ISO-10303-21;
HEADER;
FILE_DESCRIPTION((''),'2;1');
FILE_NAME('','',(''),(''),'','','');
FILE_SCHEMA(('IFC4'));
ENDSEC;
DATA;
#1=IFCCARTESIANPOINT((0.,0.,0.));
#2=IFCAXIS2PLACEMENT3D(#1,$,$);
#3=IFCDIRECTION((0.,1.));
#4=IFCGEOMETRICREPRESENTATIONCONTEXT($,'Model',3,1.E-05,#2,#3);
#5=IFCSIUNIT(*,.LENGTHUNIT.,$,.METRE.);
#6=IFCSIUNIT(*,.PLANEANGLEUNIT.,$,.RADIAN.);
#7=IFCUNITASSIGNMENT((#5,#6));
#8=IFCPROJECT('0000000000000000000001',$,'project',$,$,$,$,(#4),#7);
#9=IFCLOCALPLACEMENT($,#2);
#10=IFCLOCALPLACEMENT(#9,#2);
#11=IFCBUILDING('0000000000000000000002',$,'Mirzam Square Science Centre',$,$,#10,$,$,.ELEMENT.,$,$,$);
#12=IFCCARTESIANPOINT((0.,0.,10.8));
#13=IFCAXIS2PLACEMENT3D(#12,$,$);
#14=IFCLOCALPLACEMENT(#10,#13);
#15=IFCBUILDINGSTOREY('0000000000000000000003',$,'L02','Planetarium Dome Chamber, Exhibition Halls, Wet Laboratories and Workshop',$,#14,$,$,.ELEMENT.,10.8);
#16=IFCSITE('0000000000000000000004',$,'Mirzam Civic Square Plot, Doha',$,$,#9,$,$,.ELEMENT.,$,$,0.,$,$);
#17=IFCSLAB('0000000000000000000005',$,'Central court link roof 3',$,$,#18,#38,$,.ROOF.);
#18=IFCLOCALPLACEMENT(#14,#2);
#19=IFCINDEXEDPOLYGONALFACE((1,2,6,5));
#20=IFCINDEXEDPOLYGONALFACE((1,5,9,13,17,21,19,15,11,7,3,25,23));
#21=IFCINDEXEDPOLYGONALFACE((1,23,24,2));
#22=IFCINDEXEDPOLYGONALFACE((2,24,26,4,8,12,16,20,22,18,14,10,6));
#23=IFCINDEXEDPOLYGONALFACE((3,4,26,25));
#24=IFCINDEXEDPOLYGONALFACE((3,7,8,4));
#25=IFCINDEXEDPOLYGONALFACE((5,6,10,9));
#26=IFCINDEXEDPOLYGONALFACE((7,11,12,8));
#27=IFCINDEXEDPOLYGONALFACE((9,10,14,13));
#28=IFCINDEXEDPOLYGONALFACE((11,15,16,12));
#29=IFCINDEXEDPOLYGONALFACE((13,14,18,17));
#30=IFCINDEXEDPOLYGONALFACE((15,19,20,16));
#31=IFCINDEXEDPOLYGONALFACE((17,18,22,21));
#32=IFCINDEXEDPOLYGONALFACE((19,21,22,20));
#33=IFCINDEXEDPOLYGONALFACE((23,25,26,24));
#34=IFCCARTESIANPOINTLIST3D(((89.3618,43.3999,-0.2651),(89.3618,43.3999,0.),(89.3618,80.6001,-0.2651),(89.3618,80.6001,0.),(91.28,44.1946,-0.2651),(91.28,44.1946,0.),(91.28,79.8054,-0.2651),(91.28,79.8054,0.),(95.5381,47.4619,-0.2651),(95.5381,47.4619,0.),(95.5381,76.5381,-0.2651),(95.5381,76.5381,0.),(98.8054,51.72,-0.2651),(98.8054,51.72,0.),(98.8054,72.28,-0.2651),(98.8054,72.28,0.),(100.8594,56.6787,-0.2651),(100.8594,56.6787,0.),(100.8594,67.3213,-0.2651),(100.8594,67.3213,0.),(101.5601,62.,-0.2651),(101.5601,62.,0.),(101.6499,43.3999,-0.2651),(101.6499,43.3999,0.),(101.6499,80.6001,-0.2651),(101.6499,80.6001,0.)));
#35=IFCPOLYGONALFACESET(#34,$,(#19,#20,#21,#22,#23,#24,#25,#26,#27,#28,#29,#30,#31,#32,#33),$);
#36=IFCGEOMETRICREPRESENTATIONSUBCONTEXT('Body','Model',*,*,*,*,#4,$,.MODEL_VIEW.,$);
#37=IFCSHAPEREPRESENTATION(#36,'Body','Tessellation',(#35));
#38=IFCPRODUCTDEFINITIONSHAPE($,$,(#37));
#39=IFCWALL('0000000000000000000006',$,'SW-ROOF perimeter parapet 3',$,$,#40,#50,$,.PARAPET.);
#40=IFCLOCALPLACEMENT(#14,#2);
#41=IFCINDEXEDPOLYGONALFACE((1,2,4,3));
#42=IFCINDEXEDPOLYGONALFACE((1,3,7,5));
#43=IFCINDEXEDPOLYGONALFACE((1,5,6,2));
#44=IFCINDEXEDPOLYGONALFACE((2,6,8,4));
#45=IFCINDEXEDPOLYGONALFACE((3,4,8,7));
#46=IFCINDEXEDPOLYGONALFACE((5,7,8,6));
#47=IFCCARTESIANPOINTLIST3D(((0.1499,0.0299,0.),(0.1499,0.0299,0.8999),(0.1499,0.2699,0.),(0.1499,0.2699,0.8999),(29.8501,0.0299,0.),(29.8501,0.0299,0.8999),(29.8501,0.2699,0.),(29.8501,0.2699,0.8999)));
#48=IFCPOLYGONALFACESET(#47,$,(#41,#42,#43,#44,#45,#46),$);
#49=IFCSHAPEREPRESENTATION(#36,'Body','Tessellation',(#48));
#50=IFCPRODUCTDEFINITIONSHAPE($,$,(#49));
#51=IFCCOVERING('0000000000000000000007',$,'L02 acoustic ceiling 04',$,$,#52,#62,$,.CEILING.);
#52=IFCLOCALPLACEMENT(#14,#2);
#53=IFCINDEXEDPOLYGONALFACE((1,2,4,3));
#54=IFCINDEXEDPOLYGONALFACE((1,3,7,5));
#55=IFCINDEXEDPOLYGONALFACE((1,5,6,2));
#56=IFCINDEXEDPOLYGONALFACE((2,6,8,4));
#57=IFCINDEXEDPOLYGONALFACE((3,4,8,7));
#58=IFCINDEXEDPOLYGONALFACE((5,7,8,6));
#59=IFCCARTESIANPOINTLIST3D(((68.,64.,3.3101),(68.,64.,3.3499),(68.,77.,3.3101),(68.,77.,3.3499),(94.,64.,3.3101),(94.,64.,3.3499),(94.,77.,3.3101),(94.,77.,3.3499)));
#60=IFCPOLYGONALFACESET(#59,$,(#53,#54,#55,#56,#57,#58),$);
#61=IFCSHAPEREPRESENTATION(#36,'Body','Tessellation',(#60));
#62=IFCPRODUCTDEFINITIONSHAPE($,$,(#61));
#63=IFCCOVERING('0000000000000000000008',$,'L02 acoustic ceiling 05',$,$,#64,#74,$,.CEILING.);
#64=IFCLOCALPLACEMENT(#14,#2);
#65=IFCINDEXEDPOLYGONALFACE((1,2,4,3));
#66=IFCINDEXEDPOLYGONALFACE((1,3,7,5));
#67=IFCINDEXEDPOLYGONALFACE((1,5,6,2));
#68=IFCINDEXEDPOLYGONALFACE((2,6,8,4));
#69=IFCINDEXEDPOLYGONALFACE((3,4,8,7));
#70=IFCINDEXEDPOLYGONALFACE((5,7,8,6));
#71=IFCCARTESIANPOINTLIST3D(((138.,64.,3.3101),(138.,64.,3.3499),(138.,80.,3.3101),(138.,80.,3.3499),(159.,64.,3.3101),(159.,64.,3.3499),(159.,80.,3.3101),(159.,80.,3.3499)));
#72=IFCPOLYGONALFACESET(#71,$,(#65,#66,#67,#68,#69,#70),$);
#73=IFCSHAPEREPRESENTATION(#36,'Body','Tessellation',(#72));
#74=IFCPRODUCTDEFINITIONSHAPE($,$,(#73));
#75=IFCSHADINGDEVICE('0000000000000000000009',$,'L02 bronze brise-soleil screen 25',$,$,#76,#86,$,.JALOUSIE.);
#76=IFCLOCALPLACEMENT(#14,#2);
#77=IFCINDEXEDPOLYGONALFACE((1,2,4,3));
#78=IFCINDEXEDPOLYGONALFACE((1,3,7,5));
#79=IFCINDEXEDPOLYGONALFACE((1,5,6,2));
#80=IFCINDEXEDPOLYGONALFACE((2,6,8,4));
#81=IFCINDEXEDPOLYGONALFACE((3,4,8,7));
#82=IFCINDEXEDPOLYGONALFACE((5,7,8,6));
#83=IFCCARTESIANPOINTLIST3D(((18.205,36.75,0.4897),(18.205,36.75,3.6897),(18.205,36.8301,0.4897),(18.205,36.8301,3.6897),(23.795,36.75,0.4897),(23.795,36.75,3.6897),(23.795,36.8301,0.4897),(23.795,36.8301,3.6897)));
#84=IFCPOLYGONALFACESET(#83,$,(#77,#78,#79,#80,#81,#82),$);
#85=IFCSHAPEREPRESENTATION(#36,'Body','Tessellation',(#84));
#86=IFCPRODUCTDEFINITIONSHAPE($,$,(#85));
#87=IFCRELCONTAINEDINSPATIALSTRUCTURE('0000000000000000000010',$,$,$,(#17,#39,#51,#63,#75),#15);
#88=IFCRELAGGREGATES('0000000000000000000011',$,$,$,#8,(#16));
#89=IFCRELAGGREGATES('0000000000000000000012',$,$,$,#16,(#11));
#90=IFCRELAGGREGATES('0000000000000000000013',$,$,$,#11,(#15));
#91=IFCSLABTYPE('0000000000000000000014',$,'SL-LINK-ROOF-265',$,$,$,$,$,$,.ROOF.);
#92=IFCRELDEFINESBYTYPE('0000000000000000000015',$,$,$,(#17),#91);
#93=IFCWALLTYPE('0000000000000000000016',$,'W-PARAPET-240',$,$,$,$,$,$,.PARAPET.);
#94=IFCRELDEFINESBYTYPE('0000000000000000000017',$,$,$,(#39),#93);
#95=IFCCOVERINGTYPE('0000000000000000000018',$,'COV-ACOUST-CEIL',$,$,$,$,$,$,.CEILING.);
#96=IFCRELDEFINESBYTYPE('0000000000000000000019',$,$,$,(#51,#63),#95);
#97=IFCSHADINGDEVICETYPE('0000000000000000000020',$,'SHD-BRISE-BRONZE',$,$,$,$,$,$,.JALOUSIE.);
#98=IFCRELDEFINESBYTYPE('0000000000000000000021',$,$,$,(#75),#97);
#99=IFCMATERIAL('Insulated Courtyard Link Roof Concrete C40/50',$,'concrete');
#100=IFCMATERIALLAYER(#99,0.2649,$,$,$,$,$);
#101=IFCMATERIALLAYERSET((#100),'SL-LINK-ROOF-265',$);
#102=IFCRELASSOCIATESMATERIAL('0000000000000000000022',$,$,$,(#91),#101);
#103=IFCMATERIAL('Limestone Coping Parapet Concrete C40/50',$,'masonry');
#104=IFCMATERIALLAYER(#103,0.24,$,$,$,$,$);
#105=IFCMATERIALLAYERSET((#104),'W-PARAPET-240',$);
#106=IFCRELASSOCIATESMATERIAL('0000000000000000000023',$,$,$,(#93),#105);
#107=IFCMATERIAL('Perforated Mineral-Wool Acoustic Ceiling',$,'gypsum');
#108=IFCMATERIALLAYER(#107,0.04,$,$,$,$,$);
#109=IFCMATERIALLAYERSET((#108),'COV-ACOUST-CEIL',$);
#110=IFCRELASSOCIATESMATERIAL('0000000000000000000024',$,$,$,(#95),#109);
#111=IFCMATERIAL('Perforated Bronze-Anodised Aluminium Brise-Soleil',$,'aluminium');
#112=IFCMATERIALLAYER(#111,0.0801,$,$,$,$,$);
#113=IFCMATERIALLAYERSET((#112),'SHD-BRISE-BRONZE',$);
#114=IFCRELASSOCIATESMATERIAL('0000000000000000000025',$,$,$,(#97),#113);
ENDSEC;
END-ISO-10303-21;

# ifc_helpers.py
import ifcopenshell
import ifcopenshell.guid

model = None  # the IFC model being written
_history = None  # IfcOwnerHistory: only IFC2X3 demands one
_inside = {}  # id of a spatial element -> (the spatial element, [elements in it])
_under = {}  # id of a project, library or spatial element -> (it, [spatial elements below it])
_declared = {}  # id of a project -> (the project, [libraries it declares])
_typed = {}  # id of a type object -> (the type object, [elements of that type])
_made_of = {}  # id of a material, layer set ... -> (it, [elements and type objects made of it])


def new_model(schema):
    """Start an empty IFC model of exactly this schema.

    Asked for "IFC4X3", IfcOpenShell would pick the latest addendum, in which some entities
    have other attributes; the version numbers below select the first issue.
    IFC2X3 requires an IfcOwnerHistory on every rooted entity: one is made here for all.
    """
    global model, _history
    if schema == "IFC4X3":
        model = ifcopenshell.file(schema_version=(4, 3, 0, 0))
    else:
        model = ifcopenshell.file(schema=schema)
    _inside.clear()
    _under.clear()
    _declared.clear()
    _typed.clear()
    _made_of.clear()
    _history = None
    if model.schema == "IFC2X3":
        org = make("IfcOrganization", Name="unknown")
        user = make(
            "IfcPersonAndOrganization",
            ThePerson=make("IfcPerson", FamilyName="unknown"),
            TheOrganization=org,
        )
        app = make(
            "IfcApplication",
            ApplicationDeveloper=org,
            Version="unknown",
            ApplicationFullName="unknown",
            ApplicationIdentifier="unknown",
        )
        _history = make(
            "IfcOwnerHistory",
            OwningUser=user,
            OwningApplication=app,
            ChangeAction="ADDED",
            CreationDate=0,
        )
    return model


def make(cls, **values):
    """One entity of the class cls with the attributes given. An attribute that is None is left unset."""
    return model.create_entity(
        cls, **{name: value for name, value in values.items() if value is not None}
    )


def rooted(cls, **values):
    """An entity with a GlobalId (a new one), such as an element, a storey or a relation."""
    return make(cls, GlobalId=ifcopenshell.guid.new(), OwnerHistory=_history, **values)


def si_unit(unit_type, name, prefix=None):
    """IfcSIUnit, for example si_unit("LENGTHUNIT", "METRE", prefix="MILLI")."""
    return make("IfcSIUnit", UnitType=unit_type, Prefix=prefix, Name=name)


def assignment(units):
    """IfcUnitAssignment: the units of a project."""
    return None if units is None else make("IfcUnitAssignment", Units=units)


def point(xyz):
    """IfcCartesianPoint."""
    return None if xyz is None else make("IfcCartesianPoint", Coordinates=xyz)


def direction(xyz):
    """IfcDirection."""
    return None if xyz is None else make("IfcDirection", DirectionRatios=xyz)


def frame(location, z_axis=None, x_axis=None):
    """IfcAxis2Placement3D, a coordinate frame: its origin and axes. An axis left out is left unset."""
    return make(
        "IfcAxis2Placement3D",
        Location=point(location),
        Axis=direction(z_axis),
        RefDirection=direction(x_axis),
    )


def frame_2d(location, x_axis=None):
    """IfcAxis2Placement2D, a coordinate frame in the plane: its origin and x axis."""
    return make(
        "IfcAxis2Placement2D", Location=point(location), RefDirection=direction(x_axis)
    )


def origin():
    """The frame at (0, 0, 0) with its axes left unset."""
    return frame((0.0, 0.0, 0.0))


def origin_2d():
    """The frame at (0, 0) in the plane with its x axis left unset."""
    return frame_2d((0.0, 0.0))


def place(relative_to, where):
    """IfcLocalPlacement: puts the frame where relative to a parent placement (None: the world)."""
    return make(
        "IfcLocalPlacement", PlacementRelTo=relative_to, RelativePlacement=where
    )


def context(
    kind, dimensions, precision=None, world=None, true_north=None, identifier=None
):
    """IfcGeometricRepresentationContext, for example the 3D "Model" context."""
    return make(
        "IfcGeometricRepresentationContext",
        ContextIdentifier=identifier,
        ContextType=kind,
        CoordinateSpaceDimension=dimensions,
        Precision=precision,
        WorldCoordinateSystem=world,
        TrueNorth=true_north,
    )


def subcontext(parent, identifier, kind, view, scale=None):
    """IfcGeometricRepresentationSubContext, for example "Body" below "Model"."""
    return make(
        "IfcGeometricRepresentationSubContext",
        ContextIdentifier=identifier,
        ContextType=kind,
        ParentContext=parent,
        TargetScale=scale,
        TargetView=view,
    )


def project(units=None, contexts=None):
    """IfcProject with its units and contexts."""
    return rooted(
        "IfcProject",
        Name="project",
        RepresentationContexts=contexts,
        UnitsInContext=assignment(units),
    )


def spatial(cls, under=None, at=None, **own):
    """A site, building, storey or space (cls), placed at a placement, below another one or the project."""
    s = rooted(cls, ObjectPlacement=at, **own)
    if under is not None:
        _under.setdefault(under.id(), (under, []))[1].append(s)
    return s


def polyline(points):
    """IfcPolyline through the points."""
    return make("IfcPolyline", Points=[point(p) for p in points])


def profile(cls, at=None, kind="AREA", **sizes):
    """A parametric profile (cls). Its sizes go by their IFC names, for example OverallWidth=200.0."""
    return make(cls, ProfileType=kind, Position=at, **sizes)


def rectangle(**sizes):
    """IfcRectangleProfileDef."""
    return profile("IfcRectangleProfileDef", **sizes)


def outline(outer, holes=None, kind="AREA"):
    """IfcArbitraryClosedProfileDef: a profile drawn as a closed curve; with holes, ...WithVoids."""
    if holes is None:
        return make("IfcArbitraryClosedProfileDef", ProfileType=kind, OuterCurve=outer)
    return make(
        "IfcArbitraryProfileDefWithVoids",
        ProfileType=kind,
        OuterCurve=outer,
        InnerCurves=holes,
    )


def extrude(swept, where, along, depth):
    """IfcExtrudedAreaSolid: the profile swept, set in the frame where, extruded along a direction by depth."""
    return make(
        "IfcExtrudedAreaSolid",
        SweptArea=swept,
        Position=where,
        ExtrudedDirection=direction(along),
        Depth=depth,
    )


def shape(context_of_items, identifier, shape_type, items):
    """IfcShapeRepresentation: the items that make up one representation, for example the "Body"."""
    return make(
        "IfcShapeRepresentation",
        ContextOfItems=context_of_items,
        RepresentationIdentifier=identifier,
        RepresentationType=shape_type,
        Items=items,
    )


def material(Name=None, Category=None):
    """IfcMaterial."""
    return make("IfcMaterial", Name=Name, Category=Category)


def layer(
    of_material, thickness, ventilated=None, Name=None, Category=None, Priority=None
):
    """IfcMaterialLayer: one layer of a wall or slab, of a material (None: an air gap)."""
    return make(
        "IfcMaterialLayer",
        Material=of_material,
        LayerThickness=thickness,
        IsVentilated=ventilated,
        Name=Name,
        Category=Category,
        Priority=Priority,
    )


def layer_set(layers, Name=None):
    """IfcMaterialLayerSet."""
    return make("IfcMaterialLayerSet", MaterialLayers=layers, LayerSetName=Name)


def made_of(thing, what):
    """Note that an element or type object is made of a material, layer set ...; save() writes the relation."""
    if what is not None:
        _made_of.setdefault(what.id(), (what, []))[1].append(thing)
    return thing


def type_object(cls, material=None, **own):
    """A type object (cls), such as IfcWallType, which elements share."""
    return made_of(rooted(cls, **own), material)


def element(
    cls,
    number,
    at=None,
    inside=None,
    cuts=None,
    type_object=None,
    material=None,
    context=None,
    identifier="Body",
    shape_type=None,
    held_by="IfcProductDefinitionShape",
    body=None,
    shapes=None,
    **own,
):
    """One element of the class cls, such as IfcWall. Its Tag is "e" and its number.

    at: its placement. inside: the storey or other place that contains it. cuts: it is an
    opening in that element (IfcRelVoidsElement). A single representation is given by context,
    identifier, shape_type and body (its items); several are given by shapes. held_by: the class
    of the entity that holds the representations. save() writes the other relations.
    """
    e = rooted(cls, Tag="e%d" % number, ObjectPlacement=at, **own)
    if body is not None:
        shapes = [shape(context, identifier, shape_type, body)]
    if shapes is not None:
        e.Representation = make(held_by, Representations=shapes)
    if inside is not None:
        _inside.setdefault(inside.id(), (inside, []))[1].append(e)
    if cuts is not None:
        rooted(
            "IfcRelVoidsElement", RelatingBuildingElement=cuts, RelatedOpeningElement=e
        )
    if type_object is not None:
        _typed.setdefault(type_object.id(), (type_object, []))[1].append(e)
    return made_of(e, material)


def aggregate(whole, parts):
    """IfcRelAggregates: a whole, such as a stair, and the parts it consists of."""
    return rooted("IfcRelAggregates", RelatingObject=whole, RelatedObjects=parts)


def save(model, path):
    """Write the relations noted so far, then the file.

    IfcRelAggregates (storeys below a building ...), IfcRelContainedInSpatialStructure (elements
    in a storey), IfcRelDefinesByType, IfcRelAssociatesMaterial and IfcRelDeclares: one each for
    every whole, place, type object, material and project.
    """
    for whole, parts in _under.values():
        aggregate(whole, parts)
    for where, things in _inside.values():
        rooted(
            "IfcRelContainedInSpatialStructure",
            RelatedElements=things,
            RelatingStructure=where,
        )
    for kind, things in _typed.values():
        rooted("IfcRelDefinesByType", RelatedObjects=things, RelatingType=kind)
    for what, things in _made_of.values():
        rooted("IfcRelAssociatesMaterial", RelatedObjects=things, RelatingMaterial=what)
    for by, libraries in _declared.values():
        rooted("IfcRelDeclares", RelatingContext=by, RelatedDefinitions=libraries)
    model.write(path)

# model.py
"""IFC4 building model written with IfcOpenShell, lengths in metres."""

from ifc_helpers import new_model, si_unit, direction, frame, frame_2d, origin, origin_2d, place, context, subcontext, project, spatial, polyline, rectangle, outline, extrude, material, layer, layer_set, type_object, element, save


model = new_model("IFC4")

# Units and contexts
model_context = context("Model", 3, precision=1e-05, world=origin(), true_north=direction((0.0, 1.0)))
body_context = subcontext(model_context, "Body", "Model", "MODEL_VIEW")
ifc_project = project(units=[si_unit("LENGTHUNIT", "METRE"), si_unit("PLANEANGLEUNIT", "RADIAN")], contexts=[model_context])

# Site, building, storey
site_placement = place(None, origin())
site = spatial("IfcSite", under=ifc_project, at=site_placement, Name="Mirzam Civic Square Plot, Doha", CompositionType="ELEMENT", RefElevation=0.0)
building_placement = place(site_placement, origin())
building = spatial("IfcBuilding", under=site, at=building_placement, Name="Mirzam Square Science Centre", CompositionType="ELEMENT")
storey_placement = place(building_placement, frame((0.0, 0.0, 10.8)))
storey = spatial("IfcBuildingStorey", under=building, at=storey_placement, Name="L02", Description="Planetarium Dome Chamber, Exhibition Halls, Wet Laboratories and Workshop", CompositionType="ELEMENT", Elevation=10.8)

# Slab
ifc_material_1 = material(Name="Insulated Courtyard Link Roof Concrete C40/50", Category="concrete")
ifc_layer_1 = layer(ifc_material_1, 0.2649)
ifc_layer_set_1 = layer_set([ifc_layer_1], Name="SL-LINK-ROOF-265")
slab_type_1 = type_object("IfcSlabType", Name="SL-LINK-ROOF-265", PredefinedType="ROOF", material=ifc_layer_set_1)
slab_1_placement = place(storey_placement, frame((0.0, 0.0, -0.2651)))
element("IfcSlab", 1, at=slab_1_placement, inside=storey, type_object=slab_type_1, Name="Central court link roof 3", PredefinedType="ROOF", context=body_context, shape_type="SweptSolid", body=[
    extrude(outline(polyline([(89.3618, 43.3999), (91.28, 44.1946), (95.5381, 47.4619), (98.8054, 51.72), (100.8594, 56.6787), (101.5601, 62.0), (100.8594, 67.3213), (98.8054, 72.28), (95.5381, 76.5381), (91.28, 79.8054), (89.3618, 80.6001), (101.6499, 80.6001), (101.6499, 43.3999), (89.3618, 43.3999)])), origin(), (0.0, 0.0, 1.0), 0.2651),
])

# Wall
ifc_material_2 = material(Name="Limestone Coping Parapet Concrete C40/50", Category="masonry")
ifc_layer_2 = layer(ifc_material_2, 0.24)
ifc_layer_set_2 = layer_set([ifc_layer_2], Name="W-PARAPET-240")
wall_type = type_object("IfcWallType", Name="W-PARAPET-240", PredefinedType="PARAPET", material=ifc_layer_set_2)
wall_placement = place(storey_placement, frame((0.1499, 0.1499, 0.0), z_axis=(0.0, 0.0, 1.0), x_axis=(1.0, 0.0, 0.0)))
element("IfcWall", 2, at=wall_placement, inside=storey, type_object=wall_type, Name="SW-ROOF perimeter parapet 3", PredefinedType="PARAPET", context=body_context, shape_type="SweptSolid", body=[
    extrude(rectangle(XDim=29.7002, YDim=0.24, at=frame_2d((14.8501, 0.0))), origin(), (0.0, 0.0, 1.0), 0.8999),
])

# Coverings
ifc_material_3 = material(Name="Perforated Mineral-Wool Acoustic Ceiling", Category="gypsum")
ifc_layer_3 = layer(ifc_material_3, 0.04)
ifc_layer_set_3 = layer_set([ifc_layer_3], Name="COV-ACOUST-CEIL")
covering_type = type_object("IfcCoveringType", Name="COV-ACOUST-CEIL", PredefinedType="CEILING", material=ifc_layer_set_3)
covering_1_placement = place(storey_placement, frame((0.0, 0.0, 3.3101)))
element("IfcCovering", 3, at=covering_1_placement, inside=storey, type_object=covering_type, Name="L02 acoustic ceiling 04", PredefinedType="CEILING", context=body_context, shape_type="SweptSolid", body=[
    extrude(outline(polyline([(68.0, 64.0), (94.0, 64.0), (94.0, 77.0), (68.0, 77.0), (68.0, 64.0)])), origin(), (0.0, 0.0, 1.0), 0.0398),
])
covering_2_placement = place(storey_placement, frame((0.0, 0.0, 3.3101)))
element("IfcCovering", 4, at=covering_2_placement, inside=storey, type_object=covering_type, Name="L02 acoustic ceiling 05", PredefinedType="CEILING", context=body_context, shape_type="SweptSolid", body=[
    extrude(outline(polyline([(138.0, 64.0), (159.0, 64.0), (159.0, 80.0), (138.0, 80.0), (138.0, 64.0)])), origin(), (0.0, 0.0, 1.0), 0.0398),
])

# Shading device
ifc_material_4 = material(Name="Perforated Bronze-Anodised Aluminium Brise-Soleil", Category="aluminium")
ifc_layer_4 = layer(ifc_material_4, 0.0801)
ifc_layer_set_4 = layer_set([ifc_layer_4], Name="SHD-BRISE-BRONZE")
shading_device_type = type_object("IfcShadingDeviceType", Name="SHD-BRISE-BRONZE", PredefinedType="JALOUSIE", material=ifc_layer_set_4)
shading_device_placement = place(storey_placement, frame((21.0, 36.79, 0.4897), z_axis=(0.0, 0.0, 1.0), x_axis=(1.0, 0.0, 0.0)))
element("IfcShadingDevice", 5, at=shading_device_placement, inside=storey, type_object=shading_device_type, Name="L02 bronze brise-soleil screen 25", PredefinedType="JALOUSIE", context=body_context, shape_type="SweptSolid", body=[
    extrude(rectangle(XDim=5.5901, YDim=0.0801, at=origin_2d()), origin(), (0.0, 0.0, 1.0), 3.2),
])

save(model, "model.ifc")
